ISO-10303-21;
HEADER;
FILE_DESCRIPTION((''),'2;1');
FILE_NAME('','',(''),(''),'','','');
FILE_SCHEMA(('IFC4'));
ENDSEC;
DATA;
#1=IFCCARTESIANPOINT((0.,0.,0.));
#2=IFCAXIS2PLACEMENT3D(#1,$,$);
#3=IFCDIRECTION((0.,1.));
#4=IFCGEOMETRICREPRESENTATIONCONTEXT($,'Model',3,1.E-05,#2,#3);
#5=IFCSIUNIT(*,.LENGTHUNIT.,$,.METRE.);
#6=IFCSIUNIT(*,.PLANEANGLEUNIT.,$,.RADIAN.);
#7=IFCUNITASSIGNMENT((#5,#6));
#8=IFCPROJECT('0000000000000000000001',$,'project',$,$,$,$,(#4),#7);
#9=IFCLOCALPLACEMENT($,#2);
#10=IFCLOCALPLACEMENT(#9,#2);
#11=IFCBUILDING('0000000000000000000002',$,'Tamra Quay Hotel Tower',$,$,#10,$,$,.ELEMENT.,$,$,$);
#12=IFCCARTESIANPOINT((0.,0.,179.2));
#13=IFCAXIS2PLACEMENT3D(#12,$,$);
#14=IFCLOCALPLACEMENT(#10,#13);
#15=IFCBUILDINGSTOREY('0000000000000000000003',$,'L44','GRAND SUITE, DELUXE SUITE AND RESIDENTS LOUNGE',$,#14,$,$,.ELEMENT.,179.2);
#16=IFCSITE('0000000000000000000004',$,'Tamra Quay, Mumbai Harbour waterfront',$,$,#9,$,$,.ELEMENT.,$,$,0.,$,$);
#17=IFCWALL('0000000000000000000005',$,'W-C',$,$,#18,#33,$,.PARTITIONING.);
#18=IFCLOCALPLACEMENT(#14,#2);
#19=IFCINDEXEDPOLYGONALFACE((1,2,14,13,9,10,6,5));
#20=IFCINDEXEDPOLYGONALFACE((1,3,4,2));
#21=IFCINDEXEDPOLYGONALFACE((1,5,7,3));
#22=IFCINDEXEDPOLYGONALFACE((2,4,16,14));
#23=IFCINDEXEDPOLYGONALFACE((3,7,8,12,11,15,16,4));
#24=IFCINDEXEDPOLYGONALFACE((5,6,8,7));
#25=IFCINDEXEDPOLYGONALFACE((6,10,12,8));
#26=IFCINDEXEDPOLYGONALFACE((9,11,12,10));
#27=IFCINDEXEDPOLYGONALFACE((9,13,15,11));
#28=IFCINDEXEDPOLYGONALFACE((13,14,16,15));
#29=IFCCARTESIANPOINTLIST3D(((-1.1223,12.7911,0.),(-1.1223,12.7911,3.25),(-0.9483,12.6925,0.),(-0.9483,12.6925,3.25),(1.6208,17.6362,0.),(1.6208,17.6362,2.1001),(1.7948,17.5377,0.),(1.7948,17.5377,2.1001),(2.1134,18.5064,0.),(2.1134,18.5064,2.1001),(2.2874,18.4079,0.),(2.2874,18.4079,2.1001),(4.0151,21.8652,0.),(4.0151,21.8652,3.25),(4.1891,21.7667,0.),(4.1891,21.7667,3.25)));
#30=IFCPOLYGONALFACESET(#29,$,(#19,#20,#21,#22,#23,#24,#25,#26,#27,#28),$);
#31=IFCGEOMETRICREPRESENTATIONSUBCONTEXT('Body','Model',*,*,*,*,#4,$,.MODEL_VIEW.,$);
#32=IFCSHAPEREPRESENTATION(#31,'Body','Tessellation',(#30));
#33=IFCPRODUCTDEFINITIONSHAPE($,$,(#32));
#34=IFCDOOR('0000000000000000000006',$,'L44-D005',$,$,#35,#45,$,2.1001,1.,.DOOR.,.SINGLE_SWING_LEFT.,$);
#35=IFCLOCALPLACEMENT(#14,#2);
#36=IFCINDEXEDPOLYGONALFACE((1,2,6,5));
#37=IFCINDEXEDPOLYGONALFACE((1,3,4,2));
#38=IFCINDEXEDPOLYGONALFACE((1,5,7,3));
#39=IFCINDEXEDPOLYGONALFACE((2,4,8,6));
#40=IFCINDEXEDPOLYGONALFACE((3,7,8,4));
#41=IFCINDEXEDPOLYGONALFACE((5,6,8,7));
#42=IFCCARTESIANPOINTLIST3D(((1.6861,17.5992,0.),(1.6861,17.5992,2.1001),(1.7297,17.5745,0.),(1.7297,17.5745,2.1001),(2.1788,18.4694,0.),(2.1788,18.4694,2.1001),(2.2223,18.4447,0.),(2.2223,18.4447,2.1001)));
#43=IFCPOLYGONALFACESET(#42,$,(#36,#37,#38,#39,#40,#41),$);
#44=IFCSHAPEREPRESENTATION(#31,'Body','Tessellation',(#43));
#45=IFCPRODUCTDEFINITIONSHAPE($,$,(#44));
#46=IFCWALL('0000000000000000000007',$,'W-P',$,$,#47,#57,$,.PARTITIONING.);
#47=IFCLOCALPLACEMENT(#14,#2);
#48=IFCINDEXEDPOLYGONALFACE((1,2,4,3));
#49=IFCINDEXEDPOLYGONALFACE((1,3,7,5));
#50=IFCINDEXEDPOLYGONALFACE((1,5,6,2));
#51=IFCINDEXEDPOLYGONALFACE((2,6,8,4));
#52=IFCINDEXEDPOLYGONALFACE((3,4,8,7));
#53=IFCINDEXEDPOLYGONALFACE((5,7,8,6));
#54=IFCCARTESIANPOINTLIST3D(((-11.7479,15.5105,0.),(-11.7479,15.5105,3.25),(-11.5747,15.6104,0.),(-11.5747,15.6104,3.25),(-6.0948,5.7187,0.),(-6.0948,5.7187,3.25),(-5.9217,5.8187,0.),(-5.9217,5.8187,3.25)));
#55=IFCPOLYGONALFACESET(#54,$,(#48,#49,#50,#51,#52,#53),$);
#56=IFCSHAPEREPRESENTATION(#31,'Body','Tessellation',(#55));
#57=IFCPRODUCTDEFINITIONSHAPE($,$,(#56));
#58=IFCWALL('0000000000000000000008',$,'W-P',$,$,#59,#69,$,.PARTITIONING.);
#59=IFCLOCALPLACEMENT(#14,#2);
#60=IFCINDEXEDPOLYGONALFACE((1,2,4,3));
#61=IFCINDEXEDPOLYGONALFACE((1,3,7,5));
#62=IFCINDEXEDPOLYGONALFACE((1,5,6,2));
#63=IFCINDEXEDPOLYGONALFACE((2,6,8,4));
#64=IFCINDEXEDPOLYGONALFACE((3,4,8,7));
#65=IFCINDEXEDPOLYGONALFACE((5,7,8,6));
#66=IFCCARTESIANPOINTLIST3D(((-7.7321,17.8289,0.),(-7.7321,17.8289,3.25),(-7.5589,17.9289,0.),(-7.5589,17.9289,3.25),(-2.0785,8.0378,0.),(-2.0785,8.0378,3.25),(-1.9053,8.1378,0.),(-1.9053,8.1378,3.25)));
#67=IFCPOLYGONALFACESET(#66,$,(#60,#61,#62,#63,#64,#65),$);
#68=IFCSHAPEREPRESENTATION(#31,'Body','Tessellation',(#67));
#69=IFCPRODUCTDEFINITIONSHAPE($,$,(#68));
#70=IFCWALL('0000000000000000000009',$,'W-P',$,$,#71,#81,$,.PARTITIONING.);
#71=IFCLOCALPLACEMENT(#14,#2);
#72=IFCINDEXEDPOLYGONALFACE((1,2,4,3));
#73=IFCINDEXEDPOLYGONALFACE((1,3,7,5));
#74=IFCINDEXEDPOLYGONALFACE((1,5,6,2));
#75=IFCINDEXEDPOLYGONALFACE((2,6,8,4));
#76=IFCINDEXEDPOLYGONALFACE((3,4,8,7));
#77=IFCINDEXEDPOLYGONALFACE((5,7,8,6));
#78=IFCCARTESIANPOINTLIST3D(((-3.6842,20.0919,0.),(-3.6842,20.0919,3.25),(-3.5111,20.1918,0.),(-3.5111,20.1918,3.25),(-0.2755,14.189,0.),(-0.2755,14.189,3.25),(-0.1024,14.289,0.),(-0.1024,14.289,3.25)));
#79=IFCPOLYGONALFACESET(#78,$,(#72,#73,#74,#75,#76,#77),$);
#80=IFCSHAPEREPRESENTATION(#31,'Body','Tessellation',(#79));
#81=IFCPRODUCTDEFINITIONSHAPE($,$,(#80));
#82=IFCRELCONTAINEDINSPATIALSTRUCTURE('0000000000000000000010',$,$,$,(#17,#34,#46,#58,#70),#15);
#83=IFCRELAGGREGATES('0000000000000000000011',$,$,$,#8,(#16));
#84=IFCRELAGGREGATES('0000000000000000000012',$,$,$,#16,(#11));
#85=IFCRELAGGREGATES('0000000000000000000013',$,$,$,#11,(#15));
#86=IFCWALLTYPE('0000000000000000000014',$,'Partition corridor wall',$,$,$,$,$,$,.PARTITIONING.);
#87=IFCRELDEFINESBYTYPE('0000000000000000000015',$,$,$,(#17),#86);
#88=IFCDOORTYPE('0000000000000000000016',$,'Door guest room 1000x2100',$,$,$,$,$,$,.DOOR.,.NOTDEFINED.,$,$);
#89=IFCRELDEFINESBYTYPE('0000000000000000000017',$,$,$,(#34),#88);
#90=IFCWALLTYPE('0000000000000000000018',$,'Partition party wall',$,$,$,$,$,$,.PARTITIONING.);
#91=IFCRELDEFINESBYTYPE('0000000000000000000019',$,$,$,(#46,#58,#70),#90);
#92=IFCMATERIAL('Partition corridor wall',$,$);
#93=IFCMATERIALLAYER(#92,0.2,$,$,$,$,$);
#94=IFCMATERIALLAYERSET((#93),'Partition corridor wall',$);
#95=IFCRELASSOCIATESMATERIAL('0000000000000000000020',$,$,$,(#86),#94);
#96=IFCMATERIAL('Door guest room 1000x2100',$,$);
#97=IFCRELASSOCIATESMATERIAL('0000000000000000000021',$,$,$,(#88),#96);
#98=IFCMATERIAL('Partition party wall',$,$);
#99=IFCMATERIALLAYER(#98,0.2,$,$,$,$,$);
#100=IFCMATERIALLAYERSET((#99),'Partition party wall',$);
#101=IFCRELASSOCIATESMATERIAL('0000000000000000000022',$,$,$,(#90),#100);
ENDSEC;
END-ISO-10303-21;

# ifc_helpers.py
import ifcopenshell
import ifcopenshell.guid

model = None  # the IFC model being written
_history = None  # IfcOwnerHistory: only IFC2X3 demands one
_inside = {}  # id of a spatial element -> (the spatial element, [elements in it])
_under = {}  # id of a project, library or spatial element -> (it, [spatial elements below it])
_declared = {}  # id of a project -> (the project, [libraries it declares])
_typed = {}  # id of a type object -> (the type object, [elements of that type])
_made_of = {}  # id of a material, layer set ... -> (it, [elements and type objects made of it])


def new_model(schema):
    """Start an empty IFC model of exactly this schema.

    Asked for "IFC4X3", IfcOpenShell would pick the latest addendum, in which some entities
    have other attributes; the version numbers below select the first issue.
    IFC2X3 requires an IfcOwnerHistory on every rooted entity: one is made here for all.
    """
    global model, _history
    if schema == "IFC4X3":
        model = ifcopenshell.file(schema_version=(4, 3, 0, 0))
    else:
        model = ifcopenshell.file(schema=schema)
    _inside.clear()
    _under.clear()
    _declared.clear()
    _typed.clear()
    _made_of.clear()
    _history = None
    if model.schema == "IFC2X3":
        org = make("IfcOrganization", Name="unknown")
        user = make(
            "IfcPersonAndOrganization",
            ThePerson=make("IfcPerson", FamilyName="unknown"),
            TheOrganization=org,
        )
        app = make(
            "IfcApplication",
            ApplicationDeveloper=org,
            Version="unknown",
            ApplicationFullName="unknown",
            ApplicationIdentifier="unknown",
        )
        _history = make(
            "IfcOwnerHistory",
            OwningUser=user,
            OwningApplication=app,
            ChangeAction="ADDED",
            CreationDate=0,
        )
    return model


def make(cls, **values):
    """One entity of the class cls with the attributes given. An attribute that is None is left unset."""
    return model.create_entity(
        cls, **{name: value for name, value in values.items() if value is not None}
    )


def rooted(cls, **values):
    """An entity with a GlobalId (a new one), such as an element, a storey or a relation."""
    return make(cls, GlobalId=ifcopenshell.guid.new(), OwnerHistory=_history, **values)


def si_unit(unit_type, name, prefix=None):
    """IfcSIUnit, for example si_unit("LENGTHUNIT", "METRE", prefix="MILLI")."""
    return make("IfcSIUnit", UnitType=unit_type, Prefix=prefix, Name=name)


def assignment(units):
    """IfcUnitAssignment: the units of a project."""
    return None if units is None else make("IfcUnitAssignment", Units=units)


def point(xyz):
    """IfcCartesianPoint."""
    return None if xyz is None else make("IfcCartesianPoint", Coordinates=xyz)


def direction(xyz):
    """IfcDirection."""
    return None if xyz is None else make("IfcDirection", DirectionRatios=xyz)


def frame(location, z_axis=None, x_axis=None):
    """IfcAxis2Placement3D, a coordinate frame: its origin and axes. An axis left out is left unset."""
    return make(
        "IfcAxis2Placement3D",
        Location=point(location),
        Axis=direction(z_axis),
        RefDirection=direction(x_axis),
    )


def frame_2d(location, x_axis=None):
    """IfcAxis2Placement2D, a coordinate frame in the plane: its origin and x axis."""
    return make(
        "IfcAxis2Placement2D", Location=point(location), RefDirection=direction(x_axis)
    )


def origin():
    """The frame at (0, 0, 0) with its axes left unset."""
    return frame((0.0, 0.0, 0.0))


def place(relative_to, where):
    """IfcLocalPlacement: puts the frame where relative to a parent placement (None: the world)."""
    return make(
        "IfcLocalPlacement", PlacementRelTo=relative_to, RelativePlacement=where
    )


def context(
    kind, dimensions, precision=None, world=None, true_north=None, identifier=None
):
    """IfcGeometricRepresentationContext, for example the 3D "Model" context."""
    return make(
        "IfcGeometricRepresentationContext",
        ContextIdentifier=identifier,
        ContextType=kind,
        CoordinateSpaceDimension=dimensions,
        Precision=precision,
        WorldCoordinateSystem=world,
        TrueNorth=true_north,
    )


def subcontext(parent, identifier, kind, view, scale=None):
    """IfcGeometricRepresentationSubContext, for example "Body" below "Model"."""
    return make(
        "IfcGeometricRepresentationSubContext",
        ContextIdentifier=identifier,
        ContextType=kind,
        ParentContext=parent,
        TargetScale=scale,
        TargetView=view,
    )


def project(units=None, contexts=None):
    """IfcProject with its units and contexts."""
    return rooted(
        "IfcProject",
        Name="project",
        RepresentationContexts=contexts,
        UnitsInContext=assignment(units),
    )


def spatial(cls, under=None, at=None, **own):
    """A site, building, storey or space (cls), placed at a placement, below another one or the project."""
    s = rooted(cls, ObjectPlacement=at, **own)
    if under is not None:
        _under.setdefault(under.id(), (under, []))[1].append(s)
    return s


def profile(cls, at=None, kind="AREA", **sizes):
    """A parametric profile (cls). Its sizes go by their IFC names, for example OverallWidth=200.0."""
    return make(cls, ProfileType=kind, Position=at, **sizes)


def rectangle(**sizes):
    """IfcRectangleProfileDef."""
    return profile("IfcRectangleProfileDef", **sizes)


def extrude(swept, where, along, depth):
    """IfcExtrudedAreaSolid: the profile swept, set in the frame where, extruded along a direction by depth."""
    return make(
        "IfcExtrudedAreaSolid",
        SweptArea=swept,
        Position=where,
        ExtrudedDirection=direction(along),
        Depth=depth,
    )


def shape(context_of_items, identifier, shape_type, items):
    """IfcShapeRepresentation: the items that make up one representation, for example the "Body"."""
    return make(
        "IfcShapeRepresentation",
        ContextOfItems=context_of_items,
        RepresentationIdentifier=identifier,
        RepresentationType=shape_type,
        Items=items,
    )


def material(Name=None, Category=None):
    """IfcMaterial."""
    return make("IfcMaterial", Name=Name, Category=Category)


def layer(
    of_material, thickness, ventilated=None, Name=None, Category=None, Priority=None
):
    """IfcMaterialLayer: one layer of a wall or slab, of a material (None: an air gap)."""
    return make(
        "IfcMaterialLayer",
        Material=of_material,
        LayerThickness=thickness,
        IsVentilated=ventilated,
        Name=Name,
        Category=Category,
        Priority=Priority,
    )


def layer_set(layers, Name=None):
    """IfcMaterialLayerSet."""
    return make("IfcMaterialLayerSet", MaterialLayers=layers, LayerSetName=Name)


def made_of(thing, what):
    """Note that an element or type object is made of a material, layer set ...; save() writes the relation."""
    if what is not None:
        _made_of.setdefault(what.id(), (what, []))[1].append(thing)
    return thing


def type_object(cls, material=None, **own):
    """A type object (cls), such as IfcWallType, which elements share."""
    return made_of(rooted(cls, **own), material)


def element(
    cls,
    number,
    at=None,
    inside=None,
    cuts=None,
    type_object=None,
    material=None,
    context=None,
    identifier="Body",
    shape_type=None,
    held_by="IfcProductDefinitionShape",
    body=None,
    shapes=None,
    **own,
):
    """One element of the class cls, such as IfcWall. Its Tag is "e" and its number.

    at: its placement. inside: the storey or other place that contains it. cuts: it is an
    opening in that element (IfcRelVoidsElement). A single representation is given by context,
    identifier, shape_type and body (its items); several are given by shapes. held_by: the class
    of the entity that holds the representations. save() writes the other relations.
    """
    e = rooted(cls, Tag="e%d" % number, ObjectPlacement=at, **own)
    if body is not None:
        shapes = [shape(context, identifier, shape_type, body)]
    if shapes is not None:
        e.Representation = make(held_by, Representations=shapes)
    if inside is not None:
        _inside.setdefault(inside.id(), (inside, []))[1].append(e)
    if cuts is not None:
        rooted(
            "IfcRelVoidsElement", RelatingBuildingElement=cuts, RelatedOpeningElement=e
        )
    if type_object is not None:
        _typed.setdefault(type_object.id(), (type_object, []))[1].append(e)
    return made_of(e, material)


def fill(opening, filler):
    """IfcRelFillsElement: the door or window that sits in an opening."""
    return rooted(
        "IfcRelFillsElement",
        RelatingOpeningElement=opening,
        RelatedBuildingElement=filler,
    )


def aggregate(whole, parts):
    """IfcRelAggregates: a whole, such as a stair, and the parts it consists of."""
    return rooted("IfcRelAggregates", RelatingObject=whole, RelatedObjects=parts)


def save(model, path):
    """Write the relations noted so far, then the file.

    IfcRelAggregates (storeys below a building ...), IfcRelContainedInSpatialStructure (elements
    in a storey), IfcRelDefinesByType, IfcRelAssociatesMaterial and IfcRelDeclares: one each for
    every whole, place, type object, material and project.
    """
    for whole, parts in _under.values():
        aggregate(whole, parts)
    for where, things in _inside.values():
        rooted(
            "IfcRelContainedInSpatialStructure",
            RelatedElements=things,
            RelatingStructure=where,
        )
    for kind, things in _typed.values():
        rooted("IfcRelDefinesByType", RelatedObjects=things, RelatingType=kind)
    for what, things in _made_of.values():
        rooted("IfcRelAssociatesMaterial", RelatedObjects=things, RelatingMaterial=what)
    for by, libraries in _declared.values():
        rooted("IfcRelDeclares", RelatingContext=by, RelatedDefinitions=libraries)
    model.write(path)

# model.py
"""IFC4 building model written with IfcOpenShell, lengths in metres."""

from ifc_helpers import new_model, si_unit, direction, frame, frame_2d, origin, place, context, subcontext, project, spatial, rectangle, extrude, material, layer, layer_set, type_object, element, fill, save


model = new_model("IFC4")

# Units and contexts
model_context = context("Model", 3, precision=1e-05, world=origin(), true_north=direction((0.0, 1.0)))
body_context = subcontext(model_context, "Body", "Model", "MODEL_VIEW")
ifc_project = project(units=[si_unit("LENGTHUNIT", "METRE"), si_unit("PLANEANGLEUNIT", "RADIAN")], contexts=[model_context])

# Site, building, storey
site_placement = place(None, origin())
site = spatial("IfcSite", under=ifc_project, at=site_placement, Name="Tamra Quay, Mumbai Harbour waterfront", CompositionType="ELEMENT", RefElevation=0.0)
building_placement = place(site_placement, origin())
building = spatial("IfcBuilding", under=site, at=building_placement, Name="Tamra Quay Hotel Tower", CompositionType="ELEMENT")
storey_placement = place(building_placement, frame((0.0, 0.0, 179.2)))
storey = spatial("IfcBuildingStorey", under=building, at=storey_placement, Name="L44", Description="GRAND SUITE, DELUXE SUITE AND RESIDENTS LOUNGE", CompositionType="ELEMENT", Elevation=179.2)

# Shared definitions
ifc_material_1 = material(Name="Partition corridor wall")
ifc_layer_1 = layer(ifc_material_1, 0.2)
ifc_layer_set_1 = layer_set([ifc_layer_1], Name="Partition corridor wall")
wall_type_1 = type_object("IfcWallType", Name="Partition corridor wall", PredefinedType="PARTITIONING", material=ifc_layer_set_1)

# Wall, opening, door
wall_1_placement = place(storey_placement, frame((-1.0354, 12.7417, 0.0), z_axis=(0.0, 0.0, 1.0), x_axis=(0.492678, 0.870212, 0.0)))
wall_1 = element("IfcWall", 1, at=wall_1_placement, inside=storey, type_object=wall_type_1, Name="W-C", PredefinedType="PARTITIONING", context=body_context, shape_type="SweptSolid", body=[
    extrude(rectangle(XDim=10.4275, YDim=0.2, at=frame_2d((5.2139, 0.0))), origin(), (0.0, 0.0, 1.0), 3.25),
])
opening_placement = place(wall_1_placement, frame((5.5679, 0.0, 0.0)))
opening = element("IfcOpeningElement", 2, at=opening_placement, cuts=wall_1, PredefinedType="OPENING", context=body_context, shape_type="SweptSolid", body=[
    extrude(rectangle(XDim=1.0, YDim=2.1001, at=frame_2d((0.5, 1.05))), frame((0.0, 0.1099, 0.0), z_axis=(0.0, -1.0, 0.0), x_axis=(1.0, 0.0, 0.0)), (0.0, 0.0, 1.0), 0.22),
])
ifc_material_2 = material(Name="Door guest room 1000x2100")
door_type = type_object("IfcDoorType", Name="Door guest room 1000x2100", OperationType="NOTDEFINED", PredefinedType="DOOR", material=ifc_material_2)
door_placement = place(opening_placement, origin())
door = element("IfcDoor", 3, at=door_placement, inside=storey, type_object=door_type, Name="L44-D005", OperationType="SINGLE_SWING_LEFT", OverallHeight=2.1001, OverallWidth=1.0, PredefinedType="DOOR", context=body_context, shape_type="SweptSolid", body=[
    extrude(rectangle(XDim=1.0, YDim=2.1001, at=frame_2d((0.5, 1.05))), frame((0.0, 0.0249, 0.0), z_axis=(0.0, -1.0, 0.0), x_axis=(1.0, 0.0, 0.0)), (0.0, 0.0, 1.0), 0.05),
])
fill(opening, door)

# Walls
ifc_material_3 = material(Name="Partition party wall")
ifc_layer_2 = layer(ifc_material_3, 0.2)
ifc_layer_set_2 = layer_set([ifc_layer_2], Name="Partition party wall")
wall_type_2 = type_object("IfcWallType", Name="Partition party wall", PredefinedType="PARTITIONING", material=ifc_layer_set_2)
wall_2_placement = place(storey_placement, frame((-11.6614, 15.5605, 0.0), z_axis=(0.0, 0.0, 1.0), x_axis=(0.499987, -0.866033, 0.0)))
element("IfcWall", 4, at=wall_2_placement, inside=storey, type_object=wall_type_2, Name="W-P", PredefinedType="PARTITIONING", context=body_context, shape_type="SweptSolid", body=[
    extrude(rectangle(XDim=11.3064, YDim=0.2, at=frame_2d((5.6533, 0.0))), origin(), (0.0, 0.0, 1.0), 3.25),
])
wall_3_placement = place(storey_placement, frame((-7.6455, 17.8789, 0.0), z_axis=(0.0, 0.0, 1.0), x_axis=(0.500048, -0.865998, 0.0)))
element("IfcWall", 5, at=wall_3_placement, inside=storey, type_object=wall_type_2, Name="W-P", PredefinedType="PARTITIONING", context=body_context, shape_type="SweptSolid", body=[
    extrude(rectangle(XDim=11.3062, YDim=0.2, at=frame_2d((5.6531, 0.0))), origin(), (0.0, 0.0, 1.0), 3.25),
])
wall_4_placement = place(storey_placement, frame((-3.5977, 20.1418, 0.0), z_axis=(0.0, 0.0, 1.0), x_axis=(0.500076, -0.865982, 0.0)))
element("IfcWall", 6, at=wall_4_placement, inside=storey, type_object=wall_type_2, Name="W-P", PredefinedType="PARTITIONING", context=body_context, shape_type="SweptSolid", body=[
    extrude(rectangle(XDim=6.8164, YDim=0.2, at=frame_2d((3.4082, 0.0))), origin(), (0.0, 0.0, 1.0), 3.25),
])

save(model, "model.ifc")
